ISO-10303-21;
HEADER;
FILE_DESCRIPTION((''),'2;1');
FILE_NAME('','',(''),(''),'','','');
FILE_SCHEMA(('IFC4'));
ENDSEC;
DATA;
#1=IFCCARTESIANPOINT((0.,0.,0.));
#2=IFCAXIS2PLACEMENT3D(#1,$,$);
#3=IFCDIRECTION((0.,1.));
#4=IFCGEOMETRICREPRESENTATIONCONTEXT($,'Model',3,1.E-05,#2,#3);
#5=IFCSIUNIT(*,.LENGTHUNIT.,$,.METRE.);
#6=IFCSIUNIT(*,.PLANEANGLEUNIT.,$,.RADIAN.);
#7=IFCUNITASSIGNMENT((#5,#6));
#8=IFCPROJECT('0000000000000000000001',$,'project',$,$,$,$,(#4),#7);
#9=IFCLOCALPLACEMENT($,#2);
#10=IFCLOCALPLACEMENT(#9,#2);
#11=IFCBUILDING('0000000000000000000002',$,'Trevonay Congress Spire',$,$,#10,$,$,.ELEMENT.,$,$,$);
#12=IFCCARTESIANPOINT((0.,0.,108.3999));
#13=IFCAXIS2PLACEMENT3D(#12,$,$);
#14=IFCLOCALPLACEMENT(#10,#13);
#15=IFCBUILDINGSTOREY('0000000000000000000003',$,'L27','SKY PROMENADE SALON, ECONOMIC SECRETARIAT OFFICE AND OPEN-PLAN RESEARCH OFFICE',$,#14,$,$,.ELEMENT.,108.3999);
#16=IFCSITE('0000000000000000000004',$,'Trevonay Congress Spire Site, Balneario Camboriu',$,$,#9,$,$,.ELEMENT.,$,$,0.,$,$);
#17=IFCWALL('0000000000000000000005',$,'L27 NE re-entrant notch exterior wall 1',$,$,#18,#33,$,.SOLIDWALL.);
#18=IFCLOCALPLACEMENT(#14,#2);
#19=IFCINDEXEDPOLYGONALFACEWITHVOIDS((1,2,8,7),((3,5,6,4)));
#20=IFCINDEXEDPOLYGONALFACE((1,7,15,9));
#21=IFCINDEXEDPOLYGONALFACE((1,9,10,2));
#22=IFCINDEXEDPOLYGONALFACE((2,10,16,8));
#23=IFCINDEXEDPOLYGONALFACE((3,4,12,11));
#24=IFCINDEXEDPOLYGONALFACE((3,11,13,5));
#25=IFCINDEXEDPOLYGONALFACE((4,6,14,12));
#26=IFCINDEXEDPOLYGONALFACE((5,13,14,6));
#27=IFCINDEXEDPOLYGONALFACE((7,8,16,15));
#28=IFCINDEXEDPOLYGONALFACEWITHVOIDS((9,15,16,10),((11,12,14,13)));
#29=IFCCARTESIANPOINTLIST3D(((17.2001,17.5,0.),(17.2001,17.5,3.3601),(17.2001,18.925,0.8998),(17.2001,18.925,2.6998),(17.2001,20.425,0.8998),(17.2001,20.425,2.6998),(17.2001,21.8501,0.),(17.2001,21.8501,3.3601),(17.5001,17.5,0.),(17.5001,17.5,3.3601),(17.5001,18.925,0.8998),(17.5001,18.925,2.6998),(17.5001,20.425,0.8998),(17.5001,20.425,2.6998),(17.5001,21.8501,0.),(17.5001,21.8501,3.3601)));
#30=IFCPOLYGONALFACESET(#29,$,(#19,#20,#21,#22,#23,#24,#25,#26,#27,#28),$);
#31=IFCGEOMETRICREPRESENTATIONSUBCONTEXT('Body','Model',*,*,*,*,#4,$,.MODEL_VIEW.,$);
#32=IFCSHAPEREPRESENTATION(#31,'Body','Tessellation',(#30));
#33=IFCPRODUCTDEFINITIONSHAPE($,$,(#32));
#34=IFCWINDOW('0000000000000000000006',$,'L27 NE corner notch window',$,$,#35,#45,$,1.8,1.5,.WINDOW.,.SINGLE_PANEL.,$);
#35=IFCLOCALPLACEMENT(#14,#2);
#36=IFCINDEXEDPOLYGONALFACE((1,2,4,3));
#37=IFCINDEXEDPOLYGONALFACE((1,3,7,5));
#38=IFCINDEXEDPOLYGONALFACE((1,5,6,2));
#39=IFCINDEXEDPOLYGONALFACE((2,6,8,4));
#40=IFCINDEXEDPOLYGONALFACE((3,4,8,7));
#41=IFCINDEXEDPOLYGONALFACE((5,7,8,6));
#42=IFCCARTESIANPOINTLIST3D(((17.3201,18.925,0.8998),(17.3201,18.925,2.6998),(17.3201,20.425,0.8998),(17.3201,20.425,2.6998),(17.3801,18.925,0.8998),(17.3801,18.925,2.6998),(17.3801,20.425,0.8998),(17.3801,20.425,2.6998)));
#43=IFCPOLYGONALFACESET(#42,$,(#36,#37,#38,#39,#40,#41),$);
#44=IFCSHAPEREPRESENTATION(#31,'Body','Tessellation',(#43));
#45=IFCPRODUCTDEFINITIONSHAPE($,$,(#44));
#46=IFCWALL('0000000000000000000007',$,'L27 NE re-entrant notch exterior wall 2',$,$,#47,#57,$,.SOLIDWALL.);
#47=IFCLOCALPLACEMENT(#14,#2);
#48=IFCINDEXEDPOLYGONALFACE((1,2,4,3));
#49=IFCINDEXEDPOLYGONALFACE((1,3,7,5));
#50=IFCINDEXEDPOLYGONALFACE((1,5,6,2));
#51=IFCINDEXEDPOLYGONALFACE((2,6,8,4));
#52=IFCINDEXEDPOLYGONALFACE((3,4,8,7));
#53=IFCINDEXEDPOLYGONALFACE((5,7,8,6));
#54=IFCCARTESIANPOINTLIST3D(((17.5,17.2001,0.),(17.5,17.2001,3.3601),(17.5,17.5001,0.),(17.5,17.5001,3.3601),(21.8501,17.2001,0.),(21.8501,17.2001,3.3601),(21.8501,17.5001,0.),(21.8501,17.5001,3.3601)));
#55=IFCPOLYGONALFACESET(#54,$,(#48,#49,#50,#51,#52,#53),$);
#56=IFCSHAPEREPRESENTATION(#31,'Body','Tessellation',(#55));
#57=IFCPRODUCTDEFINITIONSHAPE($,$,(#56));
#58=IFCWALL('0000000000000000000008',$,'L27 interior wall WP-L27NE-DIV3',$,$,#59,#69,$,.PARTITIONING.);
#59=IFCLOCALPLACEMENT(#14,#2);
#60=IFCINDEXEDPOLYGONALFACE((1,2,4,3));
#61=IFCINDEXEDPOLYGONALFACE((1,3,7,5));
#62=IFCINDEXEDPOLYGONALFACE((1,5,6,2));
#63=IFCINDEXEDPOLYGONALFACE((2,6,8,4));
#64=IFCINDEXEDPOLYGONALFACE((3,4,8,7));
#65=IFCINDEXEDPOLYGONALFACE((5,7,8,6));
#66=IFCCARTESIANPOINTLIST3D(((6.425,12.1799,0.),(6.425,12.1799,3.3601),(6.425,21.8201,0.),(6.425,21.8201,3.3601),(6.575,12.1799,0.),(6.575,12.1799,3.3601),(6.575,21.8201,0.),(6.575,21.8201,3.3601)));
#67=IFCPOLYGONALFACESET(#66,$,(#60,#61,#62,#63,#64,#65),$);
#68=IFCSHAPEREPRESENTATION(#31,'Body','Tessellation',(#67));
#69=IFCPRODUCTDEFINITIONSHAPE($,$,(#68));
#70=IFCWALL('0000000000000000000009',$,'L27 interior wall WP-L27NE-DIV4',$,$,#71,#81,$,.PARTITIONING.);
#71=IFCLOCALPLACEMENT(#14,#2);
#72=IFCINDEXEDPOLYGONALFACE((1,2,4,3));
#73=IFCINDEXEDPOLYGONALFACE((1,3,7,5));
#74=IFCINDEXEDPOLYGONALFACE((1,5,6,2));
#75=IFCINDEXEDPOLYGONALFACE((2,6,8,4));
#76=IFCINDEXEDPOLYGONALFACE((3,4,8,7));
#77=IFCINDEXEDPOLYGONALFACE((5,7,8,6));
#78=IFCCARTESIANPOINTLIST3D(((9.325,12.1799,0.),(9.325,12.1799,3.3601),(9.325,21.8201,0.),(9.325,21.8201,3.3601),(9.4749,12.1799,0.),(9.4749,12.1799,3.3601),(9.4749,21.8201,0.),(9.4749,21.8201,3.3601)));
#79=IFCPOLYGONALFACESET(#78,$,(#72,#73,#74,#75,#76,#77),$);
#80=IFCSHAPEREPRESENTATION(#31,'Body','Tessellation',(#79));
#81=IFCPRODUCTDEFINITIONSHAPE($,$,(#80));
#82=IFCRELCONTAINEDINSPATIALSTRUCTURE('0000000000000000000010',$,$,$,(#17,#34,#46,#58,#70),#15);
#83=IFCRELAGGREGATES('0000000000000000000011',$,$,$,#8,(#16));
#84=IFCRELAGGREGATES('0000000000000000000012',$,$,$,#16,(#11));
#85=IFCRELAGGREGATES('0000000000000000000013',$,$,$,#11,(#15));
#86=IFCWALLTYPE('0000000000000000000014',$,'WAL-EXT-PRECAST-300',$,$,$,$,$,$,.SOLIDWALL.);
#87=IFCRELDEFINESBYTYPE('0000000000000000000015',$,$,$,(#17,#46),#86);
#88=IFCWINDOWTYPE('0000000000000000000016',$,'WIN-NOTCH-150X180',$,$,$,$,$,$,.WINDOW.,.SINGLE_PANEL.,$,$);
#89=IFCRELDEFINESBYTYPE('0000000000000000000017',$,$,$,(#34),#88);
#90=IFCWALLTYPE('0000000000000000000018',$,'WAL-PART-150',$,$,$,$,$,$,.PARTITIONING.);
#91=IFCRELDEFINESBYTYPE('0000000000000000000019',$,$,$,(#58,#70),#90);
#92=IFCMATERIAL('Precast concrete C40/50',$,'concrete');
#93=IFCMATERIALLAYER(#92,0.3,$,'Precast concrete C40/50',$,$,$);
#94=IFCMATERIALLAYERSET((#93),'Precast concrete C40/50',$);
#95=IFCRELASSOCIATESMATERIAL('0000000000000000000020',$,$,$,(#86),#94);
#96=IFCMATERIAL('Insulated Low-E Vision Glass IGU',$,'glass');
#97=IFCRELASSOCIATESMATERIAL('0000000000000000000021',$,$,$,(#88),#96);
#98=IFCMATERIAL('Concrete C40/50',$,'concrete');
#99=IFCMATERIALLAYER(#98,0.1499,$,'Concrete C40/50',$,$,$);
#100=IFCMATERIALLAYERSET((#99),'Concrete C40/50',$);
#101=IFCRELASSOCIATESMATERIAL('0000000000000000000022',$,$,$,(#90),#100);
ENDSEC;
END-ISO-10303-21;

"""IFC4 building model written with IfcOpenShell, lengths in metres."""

from ifc_helpers import new_model, si_unit, direction, frame, frame_2d, origin, place, context, subcontext, project, spatial, rectangle, extrude, material, layer, layer_set, type_object, element, fill, save


model = new_model("IFC4")

# Units and contexts
model_context = context("Model", 3, precision=1e-05, world=origin(), true_north=direction((0.0, 1.0)))
body_context = subcontext(model_context, "Body", "Model", "MODEL_VIEW")
ifc_project = project(units=[si_unit("LENGTHUNIT", "METRE"), si_unit("PLANEANGLEUNIT", "RADIAN")], contexts=[model_context])

# Site, building, storey
site_placement = place(None, origin())
site = spatial("IfcSite", under=ifc_project, at=site_placement, Name="Trevonay Congress Spire Site, Balneario Camboriu", CompositionType="ELEMENT", RefElevation=0.0)
building_placement = place(site_placement, origin())
building = spatial("IfcBuilding", under=site, at=building_placement, Name="Trevonay Congress Spire", CompositionType="ELEMENT")
storey_placement = place(building_placement, frame((0.0, 0.0, 108.3999)))
storey = spatial("IfcBuildingStorey", under=building, at=storey_placement, Name="L27", Description="SKY PROMENADE SALON, ECONOMIC SECRETARIAT OFFICE AND OPEN-PLAN RESEARCH OFFICE", CompositionType="ELEMENT", Elevation=108.3999)

# Shared definitions
ifc_material_1 = material(Name="Insulated Low-E Vision Glass IGU", Category="glass")

# Wall, opening, window
ifc_material_2 = material(Name="Precast concrete C40/50", Category="concrete")
ifc_layer_1 = layer(ifc_material_2, 0.3, Name="Precast concrete C40/50")
ifc_layer_set_1 = layer_set([ifc_layer_1], Name="Precast concrete C40/50")
wall_type_1 = type_object("IfcWallType", Name="WAL-EXT-PRECAST-300", PredefinedType="SOLIDWALL", material=ifc_layer_set_1)
wall_1_placement = place(storey_placement, frame((17.3501, 21.8501, 0.0), z_axis=(0.0, 0.0, 1.0), x_axis=(0.0, -1.0, 0.0)))
wall_1 = element("IfcWall", 1, at=wall_1_placement, inside=storey, type_object=wall_type_1, Name="L27 NE re-entrant notch exterior wall 1", PredefinedType="SOLIDWALL", context=body_context, shape_type="SweptSolid", body=[
    extrude(rectangle(XDim=4.3501, YDim=0.3, at=frame_2d((2.175, 0.0))), origin(), (0.0, 0.0, 1.0), 3.3601),
])
opening_placement = place(wall_1_placement, frame((1.425, 0.0, 0.8999)))
opening = element("IfcOpeningElement", 2, at=opening_placement, cuts=wall_1, PredefinedType="OPENING", context=body_context, shape_type="SweptSolid", body=[
    extrude(rectangle(XDim=1.5, YDim=1.8, at=frame_2d((0.75, 0.8999))), frame((0.0, 0.1602, 0.0), z_axis=(0.0, -1.0, 0.0), x_axis=(1.0, 0.0, 0.0)), (0.0, 0.0, 1.0), 0.3201),
])
window_type = type_object("IfcWindowType", Name="WIN-NOTCH-150X180", PartitioningType="SINGLE_PANEL", PredefinedType="WINDOW", material=ifc_material_1)
window_placement = place(opening_placement, origin())
window = element("IfcWindow", 3, at=window_placement, inside=storey, type_object=window_type, Name="L27 NE corner notch window", OverallHeight=1.8, OverallWidth=1.5, PartitioningType="SINGLE_PANEL", PredefinedType="WINDOW", context=body_context, shape_type="SweptSolid", body=[
    extrude(rectangle(XDim=1.5, YDim=1.8, at=frame_2d((0.75, 0.8999))), frame((0.0, 0.03, 0.0), z_axis=(0.0, -1.0, 0.0), x_axis=(1.0, 0.0, 0.0)), (0.0, 0.0, 1.0), 0.0601),
])
fill(opening, window)

# Walls
wall_2_placement = place(storey_placement, frame((21.8501, 17.3501, 0.0), z_axis=(0.0, 0.0, 1.0), x_axis=(-1.0, 0.0, 0.0)))
element("IfcWall", 4, at=wall_2_placement, inside=storey, type_object=wall_type_1, Name="L27 NE re-entrant notch exterior wall 2", PredefinedType="SOLIDWALL", context=body_context, shape_type="SweptSolid", body=[
    extrude(rectangle(XDim=4.3501, YDim=0.3, at=frame_2d((2.175, 0.0))), origin(), (0.0, 0.0, 1.0), 3.3601),
])
ifc_material_3 = material(Name="Concrete C40/50", Category="concrete")
ifc_layer_2 = layer(ifc_material_3, 0.1499, Name="Concrete C40/50")
ifc_layer_set_2 = layer_set([ifc_layer_2], Name="Concrete C40/50")
wall_type_2 = type_object("IfcWallType", Name="WAL-PART-150", PredefinedType="PARTITIONING", material=ifc_layer_set_2)
for number, where, z_axis, x_axis, name in (
    (5, (6.5, 12.1799, 0.0), (0.0, 0.0, 1.0), (0.0, 1.0, 0.0), "L27 interior wall WP-L27NE-DIV3"),
    (6, (9.3999, 12.1799, 0.0), (0.0, 0.0, 1.0), (0.0, 1.0, 0.0), "L27 interior wall WP-L27NE-DIV4"),
):
    element("IfcWall", number, at=place(storey_placement, frame(where, z_axis=z_axis, x_axis=x_axis)), inside=storey, type_object=wall_type_2, Name=name, PredefinedType="PARTITIONING", context=body_context, shape_type="SweptSolid", body=[
        extrude(rectangle(XDim=9.6401, YDim=0.1499, at=frame_2d((4.8201, 0.0))), origin(), (0.0, 0.0, 1.0), 3.3601),
    ])

save(model, "model.ifc")
